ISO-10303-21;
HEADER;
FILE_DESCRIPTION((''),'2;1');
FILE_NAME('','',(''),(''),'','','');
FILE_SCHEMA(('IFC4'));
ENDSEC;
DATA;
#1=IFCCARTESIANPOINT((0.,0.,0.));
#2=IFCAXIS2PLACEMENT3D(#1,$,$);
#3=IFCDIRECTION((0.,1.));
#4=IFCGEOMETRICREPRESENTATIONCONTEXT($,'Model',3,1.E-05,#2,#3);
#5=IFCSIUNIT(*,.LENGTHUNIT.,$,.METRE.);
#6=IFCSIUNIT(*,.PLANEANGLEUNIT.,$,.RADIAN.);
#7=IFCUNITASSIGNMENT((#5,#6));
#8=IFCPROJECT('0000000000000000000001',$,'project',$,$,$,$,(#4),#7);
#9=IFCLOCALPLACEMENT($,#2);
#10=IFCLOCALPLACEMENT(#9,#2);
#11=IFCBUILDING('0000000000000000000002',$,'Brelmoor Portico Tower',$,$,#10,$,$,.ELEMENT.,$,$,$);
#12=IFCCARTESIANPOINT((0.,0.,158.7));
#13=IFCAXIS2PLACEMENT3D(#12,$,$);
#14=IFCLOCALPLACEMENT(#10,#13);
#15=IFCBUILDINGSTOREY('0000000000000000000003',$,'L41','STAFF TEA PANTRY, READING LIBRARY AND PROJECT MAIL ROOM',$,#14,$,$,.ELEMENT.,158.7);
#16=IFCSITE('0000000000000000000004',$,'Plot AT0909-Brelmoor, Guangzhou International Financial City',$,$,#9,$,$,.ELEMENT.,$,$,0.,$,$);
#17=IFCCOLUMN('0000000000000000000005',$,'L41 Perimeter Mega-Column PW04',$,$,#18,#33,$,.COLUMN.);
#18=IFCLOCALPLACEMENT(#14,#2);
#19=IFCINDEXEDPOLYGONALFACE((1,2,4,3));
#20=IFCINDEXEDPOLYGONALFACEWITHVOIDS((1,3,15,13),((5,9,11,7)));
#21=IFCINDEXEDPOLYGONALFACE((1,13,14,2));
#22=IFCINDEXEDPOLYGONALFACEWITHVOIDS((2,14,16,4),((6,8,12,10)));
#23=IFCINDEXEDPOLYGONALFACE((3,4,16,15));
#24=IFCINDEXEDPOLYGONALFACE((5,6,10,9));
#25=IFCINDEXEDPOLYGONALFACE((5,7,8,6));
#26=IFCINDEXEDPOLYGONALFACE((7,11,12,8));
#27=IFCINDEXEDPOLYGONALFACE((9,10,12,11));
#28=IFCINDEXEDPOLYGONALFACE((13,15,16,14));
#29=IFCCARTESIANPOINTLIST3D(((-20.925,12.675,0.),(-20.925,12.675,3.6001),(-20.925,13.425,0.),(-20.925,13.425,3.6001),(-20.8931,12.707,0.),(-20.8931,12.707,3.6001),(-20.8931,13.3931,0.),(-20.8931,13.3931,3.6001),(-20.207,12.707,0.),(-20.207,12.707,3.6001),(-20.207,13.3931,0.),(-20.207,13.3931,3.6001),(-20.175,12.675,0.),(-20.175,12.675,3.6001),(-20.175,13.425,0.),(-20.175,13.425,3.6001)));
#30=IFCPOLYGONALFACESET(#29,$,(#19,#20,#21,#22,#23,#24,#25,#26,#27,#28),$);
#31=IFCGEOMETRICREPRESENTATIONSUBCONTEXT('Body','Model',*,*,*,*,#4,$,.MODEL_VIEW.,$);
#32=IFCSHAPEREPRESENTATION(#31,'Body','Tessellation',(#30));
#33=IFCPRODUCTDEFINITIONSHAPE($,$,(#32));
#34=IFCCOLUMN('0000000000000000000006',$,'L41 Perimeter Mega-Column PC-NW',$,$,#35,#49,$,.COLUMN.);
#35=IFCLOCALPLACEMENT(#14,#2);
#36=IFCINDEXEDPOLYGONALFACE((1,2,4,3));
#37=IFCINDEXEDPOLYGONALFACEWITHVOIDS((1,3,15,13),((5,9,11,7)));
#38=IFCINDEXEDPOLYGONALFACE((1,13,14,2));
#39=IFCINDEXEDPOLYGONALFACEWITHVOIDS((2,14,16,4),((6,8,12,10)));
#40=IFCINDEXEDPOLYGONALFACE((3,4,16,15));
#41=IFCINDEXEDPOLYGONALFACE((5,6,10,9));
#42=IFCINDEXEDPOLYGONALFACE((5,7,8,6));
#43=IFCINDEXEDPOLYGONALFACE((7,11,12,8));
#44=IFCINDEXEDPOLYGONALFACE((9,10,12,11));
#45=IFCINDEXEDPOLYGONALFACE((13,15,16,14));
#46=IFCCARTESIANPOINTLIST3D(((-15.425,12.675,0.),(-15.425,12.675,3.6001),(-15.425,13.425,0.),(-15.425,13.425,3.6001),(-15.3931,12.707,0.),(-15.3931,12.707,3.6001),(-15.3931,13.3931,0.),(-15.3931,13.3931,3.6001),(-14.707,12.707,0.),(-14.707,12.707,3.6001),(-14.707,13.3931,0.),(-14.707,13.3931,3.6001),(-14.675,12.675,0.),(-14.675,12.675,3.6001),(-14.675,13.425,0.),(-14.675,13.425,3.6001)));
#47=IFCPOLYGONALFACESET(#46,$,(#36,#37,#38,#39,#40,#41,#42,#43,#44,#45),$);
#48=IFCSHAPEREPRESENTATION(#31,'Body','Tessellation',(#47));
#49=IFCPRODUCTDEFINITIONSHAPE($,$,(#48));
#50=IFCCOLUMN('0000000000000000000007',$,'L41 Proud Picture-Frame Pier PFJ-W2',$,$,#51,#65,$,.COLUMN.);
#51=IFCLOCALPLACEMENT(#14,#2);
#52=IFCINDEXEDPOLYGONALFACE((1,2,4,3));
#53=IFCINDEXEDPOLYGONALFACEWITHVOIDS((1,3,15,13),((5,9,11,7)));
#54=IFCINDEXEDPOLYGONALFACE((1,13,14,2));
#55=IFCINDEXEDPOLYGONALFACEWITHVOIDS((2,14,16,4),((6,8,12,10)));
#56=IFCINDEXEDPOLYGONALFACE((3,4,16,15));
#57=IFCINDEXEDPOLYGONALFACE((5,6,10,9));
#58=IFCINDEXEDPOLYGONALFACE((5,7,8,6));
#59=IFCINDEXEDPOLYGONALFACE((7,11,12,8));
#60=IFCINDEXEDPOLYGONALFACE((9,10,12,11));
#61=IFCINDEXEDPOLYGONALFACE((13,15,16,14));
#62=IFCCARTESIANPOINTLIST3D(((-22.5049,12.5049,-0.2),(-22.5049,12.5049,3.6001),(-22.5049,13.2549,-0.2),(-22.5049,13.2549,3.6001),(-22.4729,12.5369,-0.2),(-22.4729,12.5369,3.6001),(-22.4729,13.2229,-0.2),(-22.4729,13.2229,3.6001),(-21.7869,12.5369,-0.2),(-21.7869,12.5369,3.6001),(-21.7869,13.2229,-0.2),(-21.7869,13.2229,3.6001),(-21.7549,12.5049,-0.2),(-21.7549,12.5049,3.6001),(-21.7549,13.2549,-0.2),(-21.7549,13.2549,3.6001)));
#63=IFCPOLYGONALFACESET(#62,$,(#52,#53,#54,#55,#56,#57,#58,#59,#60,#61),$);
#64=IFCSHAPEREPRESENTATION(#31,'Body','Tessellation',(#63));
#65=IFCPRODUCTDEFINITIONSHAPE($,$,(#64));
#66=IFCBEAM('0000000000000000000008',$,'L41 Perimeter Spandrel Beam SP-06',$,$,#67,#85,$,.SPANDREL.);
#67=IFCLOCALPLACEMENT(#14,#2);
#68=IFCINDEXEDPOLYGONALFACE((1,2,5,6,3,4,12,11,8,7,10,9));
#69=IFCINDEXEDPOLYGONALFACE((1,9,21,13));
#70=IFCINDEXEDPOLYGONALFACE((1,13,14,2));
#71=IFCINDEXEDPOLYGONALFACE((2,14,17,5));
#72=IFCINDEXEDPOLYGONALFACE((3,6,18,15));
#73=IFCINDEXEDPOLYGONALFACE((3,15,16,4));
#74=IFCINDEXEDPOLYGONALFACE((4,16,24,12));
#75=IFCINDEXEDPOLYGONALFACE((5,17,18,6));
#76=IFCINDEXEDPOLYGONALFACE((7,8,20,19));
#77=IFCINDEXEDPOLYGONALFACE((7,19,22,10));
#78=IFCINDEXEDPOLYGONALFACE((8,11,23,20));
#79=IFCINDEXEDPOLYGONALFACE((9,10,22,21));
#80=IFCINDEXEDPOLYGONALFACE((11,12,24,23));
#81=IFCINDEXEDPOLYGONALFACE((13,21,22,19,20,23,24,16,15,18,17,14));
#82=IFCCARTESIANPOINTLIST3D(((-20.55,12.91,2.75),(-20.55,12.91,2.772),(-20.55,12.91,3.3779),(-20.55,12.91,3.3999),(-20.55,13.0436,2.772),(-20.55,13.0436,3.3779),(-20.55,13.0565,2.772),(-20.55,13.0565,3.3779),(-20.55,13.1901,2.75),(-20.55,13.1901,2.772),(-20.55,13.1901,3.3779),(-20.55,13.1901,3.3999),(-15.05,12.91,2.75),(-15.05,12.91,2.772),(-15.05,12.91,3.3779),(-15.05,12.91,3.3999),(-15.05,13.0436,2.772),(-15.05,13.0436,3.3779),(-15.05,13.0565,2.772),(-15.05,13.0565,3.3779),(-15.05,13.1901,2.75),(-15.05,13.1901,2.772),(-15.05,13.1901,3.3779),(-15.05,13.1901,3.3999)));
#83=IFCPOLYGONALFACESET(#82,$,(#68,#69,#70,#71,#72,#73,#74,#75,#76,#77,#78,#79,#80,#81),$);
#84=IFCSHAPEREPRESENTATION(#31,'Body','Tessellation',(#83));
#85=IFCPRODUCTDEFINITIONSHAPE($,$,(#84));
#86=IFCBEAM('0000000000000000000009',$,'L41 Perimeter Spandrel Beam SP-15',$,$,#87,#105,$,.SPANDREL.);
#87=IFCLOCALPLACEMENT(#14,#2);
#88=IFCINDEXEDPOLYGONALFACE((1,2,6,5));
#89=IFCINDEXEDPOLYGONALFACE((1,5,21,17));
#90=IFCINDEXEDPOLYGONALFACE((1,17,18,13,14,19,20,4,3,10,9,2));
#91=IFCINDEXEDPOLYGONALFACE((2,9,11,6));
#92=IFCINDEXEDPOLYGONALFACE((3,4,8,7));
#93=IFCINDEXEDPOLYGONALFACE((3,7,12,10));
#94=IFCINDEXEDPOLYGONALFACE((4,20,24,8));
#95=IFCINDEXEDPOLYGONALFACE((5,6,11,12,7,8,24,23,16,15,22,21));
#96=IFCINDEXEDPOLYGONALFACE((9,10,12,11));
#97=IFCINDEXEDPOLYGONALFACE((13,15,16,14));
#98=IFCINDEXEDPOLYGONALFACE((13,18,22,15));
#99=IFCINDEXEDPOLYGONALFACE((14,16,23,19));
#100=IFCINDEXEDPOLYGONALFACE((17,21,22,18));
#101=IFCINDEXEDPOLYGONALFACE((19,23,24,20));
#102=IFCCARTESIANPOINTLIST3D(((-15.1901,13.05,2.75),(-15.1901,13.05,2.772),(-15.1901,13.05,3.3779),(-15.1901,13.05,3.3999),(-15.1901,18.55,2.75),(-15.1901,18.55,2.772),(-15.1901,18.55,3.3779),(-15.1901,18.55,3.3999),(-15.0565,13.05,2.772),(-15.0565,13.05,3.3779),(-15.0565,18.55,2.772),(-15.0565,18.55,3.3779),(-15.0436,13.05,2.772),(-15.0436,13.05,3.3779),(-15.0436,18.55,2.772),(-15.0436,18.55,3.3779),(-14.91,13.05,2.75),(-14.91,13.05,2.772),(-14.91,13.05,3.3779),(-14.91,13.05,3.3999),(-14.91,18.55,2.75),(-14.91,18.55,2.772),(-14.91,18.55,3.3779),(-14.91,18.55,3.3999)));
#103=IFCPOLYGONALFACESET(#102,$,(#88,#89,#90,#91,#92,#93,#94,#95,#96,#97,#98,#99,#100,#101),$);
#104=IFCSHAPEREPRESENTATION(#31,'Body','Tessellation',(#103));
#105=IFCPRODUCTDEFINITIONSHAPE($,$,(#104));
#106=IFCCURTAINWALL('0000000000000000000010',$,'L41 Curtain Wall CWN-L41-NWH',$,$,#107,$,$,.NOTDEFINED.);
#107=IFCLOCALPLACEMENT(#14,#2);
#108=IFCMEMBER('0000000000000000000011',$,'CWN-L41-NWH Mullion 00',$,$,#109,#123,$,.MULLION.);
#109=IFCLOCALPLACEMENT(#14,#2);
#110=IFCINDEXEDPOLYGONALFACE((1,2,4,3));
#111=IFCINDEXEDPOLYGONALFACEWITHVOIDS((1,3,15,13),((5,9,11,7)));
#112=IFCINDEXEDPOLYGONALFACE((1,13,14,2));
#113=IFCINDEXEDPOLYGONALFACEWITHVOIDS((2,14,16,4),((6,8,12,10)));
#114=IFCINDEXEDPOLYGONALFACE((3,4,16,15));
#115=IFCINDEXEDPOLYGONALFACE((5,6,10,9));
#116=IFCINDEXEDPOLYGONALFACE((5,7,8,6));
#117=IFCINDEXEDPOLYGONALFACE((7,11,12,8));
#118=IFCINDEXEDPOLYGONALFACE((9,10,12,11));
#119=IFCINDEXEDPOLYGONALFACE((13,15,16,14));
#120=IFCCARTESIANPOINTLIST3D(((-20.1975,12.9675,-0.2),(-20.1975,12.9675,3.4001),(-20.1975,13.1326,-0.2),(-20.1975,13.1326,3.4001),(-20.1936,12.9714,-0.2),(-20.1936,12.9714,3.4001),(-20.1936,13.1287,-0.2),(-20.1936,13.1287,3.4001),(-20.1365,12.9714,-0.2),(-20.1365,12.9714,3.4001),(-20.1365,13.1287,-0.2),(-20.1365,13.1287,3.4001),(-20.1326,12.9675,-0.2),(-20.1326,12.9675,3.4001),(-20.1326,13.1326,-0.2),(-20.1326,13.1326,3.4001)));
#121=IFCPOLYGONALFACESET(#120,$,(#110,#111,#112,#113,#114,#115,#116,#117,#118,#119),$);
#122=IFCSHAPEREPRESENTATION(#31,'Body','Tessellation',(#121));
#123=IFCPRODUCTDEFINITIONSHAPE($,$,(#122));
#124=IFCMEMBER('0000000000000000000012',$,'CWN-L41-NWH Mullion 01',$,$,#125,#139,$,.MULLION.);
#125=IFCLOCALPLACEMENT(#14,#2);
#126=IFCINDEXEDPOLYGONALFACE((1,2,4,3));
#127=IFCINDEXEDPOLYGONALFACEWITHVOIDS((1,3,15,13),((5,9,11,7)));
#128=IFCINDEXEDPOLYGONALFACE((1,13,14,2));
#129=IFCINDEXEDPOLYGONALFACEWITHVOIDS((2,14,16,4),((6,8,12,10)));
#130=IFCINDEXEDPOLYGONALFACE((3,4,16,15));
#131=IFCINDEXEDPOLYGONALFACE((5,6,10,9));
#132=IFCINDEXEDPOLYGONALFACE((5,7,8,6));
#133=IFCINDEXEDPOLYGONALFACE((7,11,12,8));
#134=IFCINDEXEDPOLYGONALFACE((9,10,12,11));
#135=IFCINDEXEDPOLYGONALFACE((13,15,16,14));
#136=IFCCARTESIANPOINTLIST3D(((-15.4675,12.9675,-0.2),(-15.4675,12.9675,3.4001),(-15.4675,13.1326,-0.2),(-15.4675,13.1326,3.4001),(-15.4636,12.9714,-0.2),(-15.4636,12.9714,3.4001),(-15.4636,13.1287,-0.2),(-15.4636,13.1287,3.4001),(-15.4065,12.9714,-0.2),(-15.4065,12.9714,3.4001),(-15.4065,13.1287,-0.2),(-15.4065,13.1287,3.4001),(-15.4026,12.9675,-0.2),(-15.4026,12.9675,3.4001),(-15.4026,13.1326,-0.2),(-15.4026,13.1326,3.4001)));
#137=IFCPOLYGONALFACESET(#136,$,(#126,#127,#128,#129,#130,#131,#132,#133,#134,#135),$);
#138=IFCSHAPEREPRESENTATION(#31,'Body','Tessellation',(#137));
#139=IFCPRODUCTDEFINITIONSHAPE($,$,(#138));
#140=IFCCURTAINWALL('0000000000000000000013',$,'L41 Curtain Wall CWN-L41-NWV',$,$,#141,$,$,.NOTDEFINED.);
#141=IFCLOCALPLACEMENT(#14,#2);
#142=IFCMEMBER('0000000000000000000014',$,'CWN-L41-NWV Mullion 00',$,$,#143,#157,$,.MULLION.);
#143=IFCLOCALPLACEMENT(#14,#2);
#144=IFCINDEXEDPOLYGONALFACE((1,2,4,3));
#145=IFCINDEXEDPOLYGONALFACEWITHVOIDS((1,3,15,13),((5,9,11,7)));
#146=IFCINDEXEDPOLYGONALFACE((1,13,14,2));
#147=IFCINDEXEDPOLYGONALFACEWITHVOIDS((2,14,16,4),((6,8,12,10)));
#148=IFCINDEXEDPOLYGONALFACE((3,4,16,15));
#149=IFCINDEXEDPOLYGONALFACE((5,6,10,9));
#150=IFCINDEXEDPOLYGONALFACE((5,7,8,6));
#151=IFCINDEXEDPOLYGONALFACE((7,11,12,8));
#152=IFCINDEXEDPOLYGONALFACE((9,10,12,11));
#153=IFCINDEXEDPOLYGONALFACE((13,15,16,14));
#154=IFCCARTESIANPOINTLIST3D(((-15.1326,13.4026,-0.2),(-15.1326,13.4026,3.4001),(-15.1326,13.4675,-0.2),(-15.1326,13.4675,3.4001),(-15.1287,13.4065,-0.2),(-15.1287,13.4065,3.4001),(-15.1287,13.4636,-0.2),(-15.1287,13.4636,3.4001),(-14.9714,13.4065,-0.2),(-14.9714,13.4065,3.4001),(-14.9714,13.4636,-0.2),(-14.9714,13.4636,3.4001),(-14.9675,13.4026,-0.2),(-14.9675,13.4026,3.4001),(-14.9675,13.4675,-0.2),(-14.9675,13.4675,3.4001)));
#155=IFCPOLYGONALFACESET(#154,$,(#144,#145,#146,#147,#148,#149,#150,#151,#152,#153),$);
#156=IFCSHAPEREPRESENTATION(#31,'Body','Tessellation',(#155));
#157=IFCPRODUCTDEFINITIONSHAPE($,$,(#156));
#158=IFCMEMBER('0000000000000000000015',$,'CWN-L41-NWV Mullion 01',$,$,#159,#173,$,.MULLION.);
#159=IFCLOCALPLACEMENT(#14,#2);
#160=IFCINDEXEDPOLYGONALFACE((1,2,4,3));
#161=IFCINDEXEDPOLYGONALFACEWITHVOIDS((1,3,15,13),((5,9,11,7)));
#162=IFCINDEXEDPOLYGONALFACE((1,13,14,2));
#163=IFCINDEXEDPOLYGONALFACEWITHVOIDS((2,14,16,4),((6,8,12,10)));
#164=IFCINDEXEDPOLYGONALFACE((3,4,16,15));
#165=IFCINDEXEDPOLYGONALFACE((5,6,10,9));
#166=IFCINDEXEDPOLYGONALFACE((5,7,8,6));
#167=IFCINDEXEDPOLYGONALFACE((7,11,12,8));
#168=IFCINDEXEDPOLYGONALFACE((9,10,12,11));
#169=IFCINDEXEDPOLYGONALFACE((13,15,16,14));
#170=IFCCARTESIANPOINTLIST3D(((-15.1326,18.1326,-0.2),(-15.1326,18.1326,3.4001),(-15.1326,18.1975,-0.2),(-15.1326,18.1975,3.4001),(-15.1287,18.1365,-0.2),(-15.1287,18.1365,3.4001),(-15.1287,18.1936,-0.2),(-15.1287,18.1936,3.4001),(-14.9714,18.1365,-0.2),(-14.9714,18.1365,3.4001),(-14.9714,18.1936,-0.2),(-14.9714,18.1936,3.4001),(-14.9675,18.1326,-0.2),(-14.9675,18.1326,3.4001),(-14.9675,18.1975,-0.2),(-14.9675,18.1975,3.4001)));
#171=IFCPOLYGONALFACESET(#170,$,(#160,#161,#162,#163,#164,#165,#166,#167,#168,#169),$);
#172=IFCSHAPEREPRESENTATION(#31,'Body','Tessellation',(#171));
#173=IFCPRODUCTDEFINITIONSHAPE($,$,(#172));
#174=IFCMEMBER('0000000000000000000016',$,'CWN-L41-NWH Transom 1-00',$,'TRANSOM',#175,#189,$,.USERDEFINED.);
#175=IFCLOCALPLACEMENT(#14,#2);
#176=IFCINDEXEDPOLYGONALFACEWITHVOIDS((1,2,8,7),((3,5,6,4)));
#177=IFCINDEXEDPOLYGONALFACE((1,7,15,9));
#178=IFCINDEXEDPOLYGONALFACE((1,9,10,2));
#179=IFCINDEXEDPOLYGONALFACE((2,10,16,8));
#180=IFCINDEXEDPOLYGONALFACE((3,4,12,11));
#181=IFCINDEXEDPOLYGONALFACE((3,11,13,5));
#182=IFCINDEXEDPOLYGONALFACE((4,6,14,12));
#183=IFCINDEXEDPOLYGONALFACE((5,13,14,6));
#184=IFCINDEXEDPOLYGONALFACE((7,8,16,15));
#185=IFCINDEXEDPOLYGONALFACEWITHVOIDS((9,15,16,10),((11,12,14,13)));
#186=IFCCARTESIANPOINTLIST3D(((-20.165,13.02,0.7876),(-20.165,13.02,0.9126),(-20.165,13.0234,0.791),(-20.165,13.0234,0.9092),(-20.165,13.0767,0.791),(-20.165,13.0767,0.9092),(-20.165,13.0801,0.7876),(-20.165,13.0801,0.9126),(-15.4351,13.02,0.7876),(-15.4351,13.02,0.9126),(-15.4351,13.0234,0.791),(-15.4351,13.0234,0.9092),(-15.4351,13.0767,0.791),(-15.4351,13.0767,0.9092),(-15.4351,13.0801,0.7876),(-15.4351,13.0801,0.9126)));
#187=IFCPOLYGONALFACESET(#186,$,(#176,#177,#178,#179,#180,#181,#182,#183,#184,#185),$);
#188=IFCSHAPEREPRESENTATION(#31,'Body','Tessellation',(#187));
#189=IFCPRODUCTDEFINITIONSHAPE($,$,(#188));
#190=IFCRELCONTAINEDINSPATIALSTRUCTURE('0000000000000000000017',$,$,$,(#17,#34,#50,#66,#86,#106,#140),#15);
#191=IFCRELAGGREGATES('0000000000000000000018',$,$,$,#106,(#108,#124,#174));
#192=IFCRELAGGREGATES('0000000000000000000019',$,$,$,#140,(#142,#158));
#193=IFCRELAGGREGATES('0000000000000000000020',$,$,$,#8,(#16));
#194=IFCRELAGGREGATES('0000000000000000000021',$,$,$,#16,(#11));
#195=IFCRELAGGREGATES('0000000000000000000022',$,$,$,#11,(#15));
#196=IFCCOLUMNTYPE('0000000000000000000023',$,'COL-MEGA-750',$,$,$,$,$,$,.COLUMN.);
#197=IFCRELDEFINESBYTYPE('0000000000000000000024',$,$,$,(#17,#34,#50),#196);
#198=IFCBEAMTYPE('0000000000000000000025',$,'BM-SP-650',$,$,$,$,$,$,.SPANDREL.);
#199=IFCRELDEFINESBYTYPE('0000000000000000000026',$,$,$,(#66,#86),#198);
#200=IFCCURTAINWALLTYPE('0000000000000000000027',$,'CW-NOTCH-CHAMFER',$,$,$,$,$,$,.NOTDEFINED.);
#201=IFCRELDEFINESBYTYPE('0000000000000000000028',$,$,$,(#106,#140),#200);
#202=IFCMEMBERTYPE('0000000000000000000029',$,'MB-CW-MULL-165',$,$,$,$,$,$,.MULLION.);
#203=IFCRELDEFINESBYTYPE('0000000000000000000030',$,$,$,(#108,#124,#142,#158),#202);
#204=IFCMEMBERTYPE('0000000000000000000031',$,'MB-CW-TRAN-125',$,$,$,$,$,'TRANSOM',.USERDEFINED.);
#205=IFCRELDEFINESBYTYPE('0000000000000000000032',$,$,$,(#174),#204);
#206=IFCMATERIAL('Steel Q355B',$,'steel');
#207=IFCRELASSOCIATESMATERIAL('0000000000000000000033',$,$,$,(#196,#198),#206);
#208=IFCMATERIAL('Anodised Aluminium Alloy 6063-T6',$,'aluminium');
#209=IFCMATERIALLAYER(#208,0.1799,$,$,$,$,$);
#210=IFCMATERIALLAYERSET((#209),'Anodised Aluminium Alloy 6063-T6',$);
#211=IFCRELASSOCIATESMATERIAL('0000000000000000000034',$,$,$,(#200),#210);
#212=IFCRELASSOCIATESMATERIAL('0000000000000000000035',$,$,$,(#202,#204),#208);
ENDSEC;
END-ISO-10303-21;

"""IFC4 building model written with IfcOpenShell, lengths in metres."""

from ifc_helpers import new_model, si_unit, direction, frame, origin, origin_2d, place, context, subcontext, project, spatial, hollow_rectangle, i_section, extrude, material, layer, layer_set, material_profile, profile_set, type_object, element, aggregate, save


model = new_model("IFC4")

# Units and contexts
model_context = context("Model", 3, precision=1e-05, world=origin(), true_north=direction((0.0, 1.0)))
body_context = subcontext(model_context, "Body", "Model", "MODEL_VIEW")
ifc_project = project(units=[si_unit("LENGTHUNIT", "METRE"), si_unit("PLANEANGLEUNIT", "RADIAN")], contexts=[model_context])

# Site, building, storey
site_placement = place(None, origin())
site = spatial("IfcSite", under=ifc_project, at=site_placement, Name="Plot AT0909-Brelmoor, Guangzhou International Financial City", CompositionType="ELEMENT", RefElevation=0.0)
building_placement = place(site_placement, origin())
building = spatial("IfcBuilding", under=site, at=building_placement, Name="Brelmoor Portico Tower", CompositionType="ELEMENT")
storey_placement = place(building_placement, frame((0.0, 0.0, 158.7)))
storey = spatial("IfcBuildingStorey", under=building, at=storey_placement, Name="L41", Description="STAFF TEA PANTRY, READING LIBRARY AND PROJECT MAIL ROOM", CompositionType="ELEMENT", Elevation=158.7)

# Columns
ifc_material_1 = material(Name="Steel Q355B", Category="steel")
ifc_material_profile_1 = material_profile(ifc_material_1, hollow_rectangle(XDim=0.75, YDim=0.75, WallThickness=0.032, at=origin_2d()), Name="BOX 750x750x32")
ifc_profile_set_1 = profile_set([ifc_material_profile_1], Name="Steel Q355B")
column_type = type_object("IfcColumnType", Name="COL-MEGA-750", PredefinedType="COLUMN", material=ifc_profile_set_1)
for number, where, z_axis, x_axis, name in (
    (1, (-20.55, 13.05, 0.0), (0.0, 0.0, 1.0), (0.0, 1.0, 0.0), "L41 Perimeter Mega-Column PW04"),
    (2, (-15.05, 13.05, 0.0), (0.0, 0.0, 1.0), (1.0, 0.0, 0.0), "L41 Perimeter Mega-Column PC-NW"),
):
    element("IfcColumn", number, at=place(storey_placement, frame(where, z_axis=z_axis, x_axis=x_axis)), inside=storey, type_object=column_type, Name=name, PredefinedType="COLUMN", context=body_context, shape_type="SweptSolid", body=[
        extrude(hollow_rectangle(XDim=0.75, YDim=0.75, WallThickness=0.032, at=origin_2d()), origin(), (0.0, 0.0, 1.0), 3.6001),
    ])
column_placement = place(storey_placement, frame((-22.1299, 12.8799, -0.2), z_axis=(0.0, 0.0, 1.0), x_axis=(0.0, 1.0, 0.0)))
element("IfcColumn", 3, at=column_placement, inside=storey, type_object=column_type, Name="L41 Proud Picture-Frame Pier PFJ-W2", PredefinedType="COLUMN", context=body_context, shape_type="SweptSolid", body=[
    extrude(hollow_rectangle(XDim=0.75, YDim=0.75, WallThickness=0.032, at=origin_2d()), origin(), (0.0, 0.0, 1.0), 3.8),
])

# Beams
ifc_material_profile_2 = material_profile(ifc_material_1, i_section(OverallWidth=0.28, OverallDepth=0.6499, WebThickness=0.0129, FlangeThickness=0.022, at=origin_2d()), Name="HN 650x280x13x22")
ifc_profile_set_2 = profile_set([ifc_material_profile_2], Name="Steel Q355B")
beam_type = type_object("IfcBeamType", Name="BM-SP-650", PredefinedType="SPANDREL", material=ifc_profile_set_2)
for number, where, z_axis, x_axis, name in (
    (4, (-20.55, 13.05, 3.075), (1.0, 0.0, 0.0), (0.0, 1.0, 0.0), "L41 Perimeter Spandrel Beam SP-06"),
    (5, (-15.05, 13.05, 3.075), (0.0, 1.0, 0.0), (-1.0, 0.0, 0.0), "L41 Perimeter Spandrel Beam SP-15"),
):
    element("IfcBeam", number, at=place(storey_placement, frame(where, z_axis=z_axis, x_axis=x_axis)), inside=storey, type_object=beam_type, Name=name, PredefinedType="SPANDREL", context=body_context, shape_type="SweptSolid", body=[
        extrude(i_section(OverallWidth=0.28, OverallDepth=0.6499, WebThickness=0.0129, FlangeThickness=0.022, at=origin_2d()), origin(), (0.0, 0.0, 1.0), 5.5),
    ])

# Curtain walls, members
ifc_material_2 = material(Name="Anodised Aluminium Alloy 6063-T6", Category="aluminium")
ifc_layer_1 = layer(ifc_material_2, 0.1799)
ifc_layer_set_1 = layer_set([ifc_layer_1], Name="Anodised Aluminium Alloy 6063-T6")
curtain_wall_type = type_object("IfcCurtainWallType", Name="CW-NOTCH-CHAMFER", PredefinedType="NOTDEFINED", material=ifc_layer_set_1)
curtain_wall_1_placement = place(storey_placement, origin())
curtain_wall_1 = element("IfcCurtainWall", 6, at=curtain_wall_1_placement, inside=storey, type_object=curtain_wall_type, Name="L41 Curtain Wall CWN-L41-NWH", PredefinedType="NOTDEFINED")
ifc_material_profile_3 = material_profile(ifc_material_2, hollow_rectangle(XDim=0.0649, YDim=0.165, WallThickness=0.0039, at=origin_2d()), Name="ALU MULLION 65x165")
ifc_profile_set_3 = profile_set([ifc_material_profile_3], Name="Anodised Aluminium Alloy 6063-T6")
member_type_1 = type_object("IfcMemberType", Name="MB-CW-MULL-165", PredefinedType="MULLION", material=ifc_profile_set_3)
member_1_placement = place(storey_placement, frame((-20.165, 13.05, -0.2), z_axis=(0.0, 0.0, 1.0), x_axis=(1.0, 0.0, 0.0)))
member_1 = element("IfcMember", 7, at=member_1_placement, type_object=member_type_1, Name="CWN-L41-NWH Mullion 00", PredefinedType="MULLION", context=body_context, shape_type="SweptSolid", body=[
    extrude(hollow_rectangle(XDim=0.0649, YDim=0.165, WallThickness=0.0039, at=origin_2d()), origin(), (0.0, 0.0, 1.0), 3.6001),
])
member_2_placement = place(storey_placement, frame((-15.4351, 13.05, -0.2), z_axis=(0.0, 0.0, 1.0), x_axis=(1.0, 0.0, 0.0)))
member_2 = element("IfcMember", 8, at=member_2_placement, type_object=member_type_1, Name="CWN-L41-NWH Mullion 01", PredefinedType="MULLION", context=body_context, shape_type="SweptSolid", body=[
    extrude(hollow_rectangle(XDim=0.0649, YDim=0.165, WallThickness=0.0039, at=origin_2d()), origin(), (0.0, 0.0, 1.0), 3.6001),
])
curtain_wall_2_placement = place(storey_placement, origin())
curtain_wall_2 = element("IfcCurtainWall", 9, at=curtain_wall_2_placement, inside=storey, type_object=curtain_wall_type, Name="L41 Curtain Wall CWN-L41-NWV", PredefinedType="NOTDEFINED")
member_3_placement = place(storey_placement, frame((-15.05, 13.4351, -0.2), z_axis=(0.0, 0.0, 1.0), x_axis=(0.0, 1.0, 0.0)))
member_3 = element("IfcMember", 10, at=member_3_placement, type_object=member_type_1, Name="CWN-L41-NWV Mullion 00", PredefinedType="MULLION", context=body_context, shape_type="SweptSolid", body=[
    extrude(hollow_rectangle(XDim=0.0649, YDim=0.165, WallThickness=0.0039, at=origin_2d()), origin(), (0.0, 0.0, 1.0), 3.6001),
])
member_4_placement = place(storey_placement, frame((-15.05, 18.165, -0.2), z_axis=(0.0, 0.0, 1.0), x_axis=(0.0, 1.0, 0.0)))
member_4 = element("IfcMember", 11, at=member_4_placement, type_object=member_type_1, Name="CWN-L41-NWV Mullion 01", PredefinedType="MULLION", context=body_context, shape_type="SweptSolid", body=[
    extrude(hollow_rectangle(XDim=0.0649, YDim=0.165, WallThickness=0.0039, at=origin_2d()), origin(), (0.0, 0.0, 1.0), 3.6001),
])

# Member
ifc_material_profile_4 = material_profile(ifc_material_2, hollow_rectangle(XDim=0.0601, YDim=0.125, WallThickness=0.0034, at=origin_2d()), Name="ALU TRANSOM 60x125")
ifc_profile_set_4 = profile_set([ifc_material_profile_4], Name="Anodised Aluminium Alloy 6063-T6")
member_type_2 = type_object("IfcMemberType", Name="MB-CW-TRAN-125", ElementType="TRANSOM", PredefinedType="USERDEFINED", material=ifc_profile_set_4)
member_5_placement = place(storey_placement, frame((-20.165, 13.05, 0.8501), z_axis=(1.0, 0.0, 0.0), x_axis=(0.0, 1.0, 0.0)))
member_5 = element("IfcMember", 12, at=member_5_placement, type_object=member_type_2, Name="CWN-L41-NWH Transom 1-00", ObjectType="TRANSOM", PredefinedType="USERDEFINED", context=body_context, shape_type="SweptSolid", body=[
    extrude(hollow_rectangle(XDim=0.0601, YDim=0.125, WallThickness=0.0034, at=origin_2d()), origin(), (0.0, 0.0, 1.0), 4.73),
])

aggregate(curtain_wall_1, [member_1, member_2, member_5])
aggregate(curtain_wall_2, [member_3, member_4])

save(model, "model.ifc")
